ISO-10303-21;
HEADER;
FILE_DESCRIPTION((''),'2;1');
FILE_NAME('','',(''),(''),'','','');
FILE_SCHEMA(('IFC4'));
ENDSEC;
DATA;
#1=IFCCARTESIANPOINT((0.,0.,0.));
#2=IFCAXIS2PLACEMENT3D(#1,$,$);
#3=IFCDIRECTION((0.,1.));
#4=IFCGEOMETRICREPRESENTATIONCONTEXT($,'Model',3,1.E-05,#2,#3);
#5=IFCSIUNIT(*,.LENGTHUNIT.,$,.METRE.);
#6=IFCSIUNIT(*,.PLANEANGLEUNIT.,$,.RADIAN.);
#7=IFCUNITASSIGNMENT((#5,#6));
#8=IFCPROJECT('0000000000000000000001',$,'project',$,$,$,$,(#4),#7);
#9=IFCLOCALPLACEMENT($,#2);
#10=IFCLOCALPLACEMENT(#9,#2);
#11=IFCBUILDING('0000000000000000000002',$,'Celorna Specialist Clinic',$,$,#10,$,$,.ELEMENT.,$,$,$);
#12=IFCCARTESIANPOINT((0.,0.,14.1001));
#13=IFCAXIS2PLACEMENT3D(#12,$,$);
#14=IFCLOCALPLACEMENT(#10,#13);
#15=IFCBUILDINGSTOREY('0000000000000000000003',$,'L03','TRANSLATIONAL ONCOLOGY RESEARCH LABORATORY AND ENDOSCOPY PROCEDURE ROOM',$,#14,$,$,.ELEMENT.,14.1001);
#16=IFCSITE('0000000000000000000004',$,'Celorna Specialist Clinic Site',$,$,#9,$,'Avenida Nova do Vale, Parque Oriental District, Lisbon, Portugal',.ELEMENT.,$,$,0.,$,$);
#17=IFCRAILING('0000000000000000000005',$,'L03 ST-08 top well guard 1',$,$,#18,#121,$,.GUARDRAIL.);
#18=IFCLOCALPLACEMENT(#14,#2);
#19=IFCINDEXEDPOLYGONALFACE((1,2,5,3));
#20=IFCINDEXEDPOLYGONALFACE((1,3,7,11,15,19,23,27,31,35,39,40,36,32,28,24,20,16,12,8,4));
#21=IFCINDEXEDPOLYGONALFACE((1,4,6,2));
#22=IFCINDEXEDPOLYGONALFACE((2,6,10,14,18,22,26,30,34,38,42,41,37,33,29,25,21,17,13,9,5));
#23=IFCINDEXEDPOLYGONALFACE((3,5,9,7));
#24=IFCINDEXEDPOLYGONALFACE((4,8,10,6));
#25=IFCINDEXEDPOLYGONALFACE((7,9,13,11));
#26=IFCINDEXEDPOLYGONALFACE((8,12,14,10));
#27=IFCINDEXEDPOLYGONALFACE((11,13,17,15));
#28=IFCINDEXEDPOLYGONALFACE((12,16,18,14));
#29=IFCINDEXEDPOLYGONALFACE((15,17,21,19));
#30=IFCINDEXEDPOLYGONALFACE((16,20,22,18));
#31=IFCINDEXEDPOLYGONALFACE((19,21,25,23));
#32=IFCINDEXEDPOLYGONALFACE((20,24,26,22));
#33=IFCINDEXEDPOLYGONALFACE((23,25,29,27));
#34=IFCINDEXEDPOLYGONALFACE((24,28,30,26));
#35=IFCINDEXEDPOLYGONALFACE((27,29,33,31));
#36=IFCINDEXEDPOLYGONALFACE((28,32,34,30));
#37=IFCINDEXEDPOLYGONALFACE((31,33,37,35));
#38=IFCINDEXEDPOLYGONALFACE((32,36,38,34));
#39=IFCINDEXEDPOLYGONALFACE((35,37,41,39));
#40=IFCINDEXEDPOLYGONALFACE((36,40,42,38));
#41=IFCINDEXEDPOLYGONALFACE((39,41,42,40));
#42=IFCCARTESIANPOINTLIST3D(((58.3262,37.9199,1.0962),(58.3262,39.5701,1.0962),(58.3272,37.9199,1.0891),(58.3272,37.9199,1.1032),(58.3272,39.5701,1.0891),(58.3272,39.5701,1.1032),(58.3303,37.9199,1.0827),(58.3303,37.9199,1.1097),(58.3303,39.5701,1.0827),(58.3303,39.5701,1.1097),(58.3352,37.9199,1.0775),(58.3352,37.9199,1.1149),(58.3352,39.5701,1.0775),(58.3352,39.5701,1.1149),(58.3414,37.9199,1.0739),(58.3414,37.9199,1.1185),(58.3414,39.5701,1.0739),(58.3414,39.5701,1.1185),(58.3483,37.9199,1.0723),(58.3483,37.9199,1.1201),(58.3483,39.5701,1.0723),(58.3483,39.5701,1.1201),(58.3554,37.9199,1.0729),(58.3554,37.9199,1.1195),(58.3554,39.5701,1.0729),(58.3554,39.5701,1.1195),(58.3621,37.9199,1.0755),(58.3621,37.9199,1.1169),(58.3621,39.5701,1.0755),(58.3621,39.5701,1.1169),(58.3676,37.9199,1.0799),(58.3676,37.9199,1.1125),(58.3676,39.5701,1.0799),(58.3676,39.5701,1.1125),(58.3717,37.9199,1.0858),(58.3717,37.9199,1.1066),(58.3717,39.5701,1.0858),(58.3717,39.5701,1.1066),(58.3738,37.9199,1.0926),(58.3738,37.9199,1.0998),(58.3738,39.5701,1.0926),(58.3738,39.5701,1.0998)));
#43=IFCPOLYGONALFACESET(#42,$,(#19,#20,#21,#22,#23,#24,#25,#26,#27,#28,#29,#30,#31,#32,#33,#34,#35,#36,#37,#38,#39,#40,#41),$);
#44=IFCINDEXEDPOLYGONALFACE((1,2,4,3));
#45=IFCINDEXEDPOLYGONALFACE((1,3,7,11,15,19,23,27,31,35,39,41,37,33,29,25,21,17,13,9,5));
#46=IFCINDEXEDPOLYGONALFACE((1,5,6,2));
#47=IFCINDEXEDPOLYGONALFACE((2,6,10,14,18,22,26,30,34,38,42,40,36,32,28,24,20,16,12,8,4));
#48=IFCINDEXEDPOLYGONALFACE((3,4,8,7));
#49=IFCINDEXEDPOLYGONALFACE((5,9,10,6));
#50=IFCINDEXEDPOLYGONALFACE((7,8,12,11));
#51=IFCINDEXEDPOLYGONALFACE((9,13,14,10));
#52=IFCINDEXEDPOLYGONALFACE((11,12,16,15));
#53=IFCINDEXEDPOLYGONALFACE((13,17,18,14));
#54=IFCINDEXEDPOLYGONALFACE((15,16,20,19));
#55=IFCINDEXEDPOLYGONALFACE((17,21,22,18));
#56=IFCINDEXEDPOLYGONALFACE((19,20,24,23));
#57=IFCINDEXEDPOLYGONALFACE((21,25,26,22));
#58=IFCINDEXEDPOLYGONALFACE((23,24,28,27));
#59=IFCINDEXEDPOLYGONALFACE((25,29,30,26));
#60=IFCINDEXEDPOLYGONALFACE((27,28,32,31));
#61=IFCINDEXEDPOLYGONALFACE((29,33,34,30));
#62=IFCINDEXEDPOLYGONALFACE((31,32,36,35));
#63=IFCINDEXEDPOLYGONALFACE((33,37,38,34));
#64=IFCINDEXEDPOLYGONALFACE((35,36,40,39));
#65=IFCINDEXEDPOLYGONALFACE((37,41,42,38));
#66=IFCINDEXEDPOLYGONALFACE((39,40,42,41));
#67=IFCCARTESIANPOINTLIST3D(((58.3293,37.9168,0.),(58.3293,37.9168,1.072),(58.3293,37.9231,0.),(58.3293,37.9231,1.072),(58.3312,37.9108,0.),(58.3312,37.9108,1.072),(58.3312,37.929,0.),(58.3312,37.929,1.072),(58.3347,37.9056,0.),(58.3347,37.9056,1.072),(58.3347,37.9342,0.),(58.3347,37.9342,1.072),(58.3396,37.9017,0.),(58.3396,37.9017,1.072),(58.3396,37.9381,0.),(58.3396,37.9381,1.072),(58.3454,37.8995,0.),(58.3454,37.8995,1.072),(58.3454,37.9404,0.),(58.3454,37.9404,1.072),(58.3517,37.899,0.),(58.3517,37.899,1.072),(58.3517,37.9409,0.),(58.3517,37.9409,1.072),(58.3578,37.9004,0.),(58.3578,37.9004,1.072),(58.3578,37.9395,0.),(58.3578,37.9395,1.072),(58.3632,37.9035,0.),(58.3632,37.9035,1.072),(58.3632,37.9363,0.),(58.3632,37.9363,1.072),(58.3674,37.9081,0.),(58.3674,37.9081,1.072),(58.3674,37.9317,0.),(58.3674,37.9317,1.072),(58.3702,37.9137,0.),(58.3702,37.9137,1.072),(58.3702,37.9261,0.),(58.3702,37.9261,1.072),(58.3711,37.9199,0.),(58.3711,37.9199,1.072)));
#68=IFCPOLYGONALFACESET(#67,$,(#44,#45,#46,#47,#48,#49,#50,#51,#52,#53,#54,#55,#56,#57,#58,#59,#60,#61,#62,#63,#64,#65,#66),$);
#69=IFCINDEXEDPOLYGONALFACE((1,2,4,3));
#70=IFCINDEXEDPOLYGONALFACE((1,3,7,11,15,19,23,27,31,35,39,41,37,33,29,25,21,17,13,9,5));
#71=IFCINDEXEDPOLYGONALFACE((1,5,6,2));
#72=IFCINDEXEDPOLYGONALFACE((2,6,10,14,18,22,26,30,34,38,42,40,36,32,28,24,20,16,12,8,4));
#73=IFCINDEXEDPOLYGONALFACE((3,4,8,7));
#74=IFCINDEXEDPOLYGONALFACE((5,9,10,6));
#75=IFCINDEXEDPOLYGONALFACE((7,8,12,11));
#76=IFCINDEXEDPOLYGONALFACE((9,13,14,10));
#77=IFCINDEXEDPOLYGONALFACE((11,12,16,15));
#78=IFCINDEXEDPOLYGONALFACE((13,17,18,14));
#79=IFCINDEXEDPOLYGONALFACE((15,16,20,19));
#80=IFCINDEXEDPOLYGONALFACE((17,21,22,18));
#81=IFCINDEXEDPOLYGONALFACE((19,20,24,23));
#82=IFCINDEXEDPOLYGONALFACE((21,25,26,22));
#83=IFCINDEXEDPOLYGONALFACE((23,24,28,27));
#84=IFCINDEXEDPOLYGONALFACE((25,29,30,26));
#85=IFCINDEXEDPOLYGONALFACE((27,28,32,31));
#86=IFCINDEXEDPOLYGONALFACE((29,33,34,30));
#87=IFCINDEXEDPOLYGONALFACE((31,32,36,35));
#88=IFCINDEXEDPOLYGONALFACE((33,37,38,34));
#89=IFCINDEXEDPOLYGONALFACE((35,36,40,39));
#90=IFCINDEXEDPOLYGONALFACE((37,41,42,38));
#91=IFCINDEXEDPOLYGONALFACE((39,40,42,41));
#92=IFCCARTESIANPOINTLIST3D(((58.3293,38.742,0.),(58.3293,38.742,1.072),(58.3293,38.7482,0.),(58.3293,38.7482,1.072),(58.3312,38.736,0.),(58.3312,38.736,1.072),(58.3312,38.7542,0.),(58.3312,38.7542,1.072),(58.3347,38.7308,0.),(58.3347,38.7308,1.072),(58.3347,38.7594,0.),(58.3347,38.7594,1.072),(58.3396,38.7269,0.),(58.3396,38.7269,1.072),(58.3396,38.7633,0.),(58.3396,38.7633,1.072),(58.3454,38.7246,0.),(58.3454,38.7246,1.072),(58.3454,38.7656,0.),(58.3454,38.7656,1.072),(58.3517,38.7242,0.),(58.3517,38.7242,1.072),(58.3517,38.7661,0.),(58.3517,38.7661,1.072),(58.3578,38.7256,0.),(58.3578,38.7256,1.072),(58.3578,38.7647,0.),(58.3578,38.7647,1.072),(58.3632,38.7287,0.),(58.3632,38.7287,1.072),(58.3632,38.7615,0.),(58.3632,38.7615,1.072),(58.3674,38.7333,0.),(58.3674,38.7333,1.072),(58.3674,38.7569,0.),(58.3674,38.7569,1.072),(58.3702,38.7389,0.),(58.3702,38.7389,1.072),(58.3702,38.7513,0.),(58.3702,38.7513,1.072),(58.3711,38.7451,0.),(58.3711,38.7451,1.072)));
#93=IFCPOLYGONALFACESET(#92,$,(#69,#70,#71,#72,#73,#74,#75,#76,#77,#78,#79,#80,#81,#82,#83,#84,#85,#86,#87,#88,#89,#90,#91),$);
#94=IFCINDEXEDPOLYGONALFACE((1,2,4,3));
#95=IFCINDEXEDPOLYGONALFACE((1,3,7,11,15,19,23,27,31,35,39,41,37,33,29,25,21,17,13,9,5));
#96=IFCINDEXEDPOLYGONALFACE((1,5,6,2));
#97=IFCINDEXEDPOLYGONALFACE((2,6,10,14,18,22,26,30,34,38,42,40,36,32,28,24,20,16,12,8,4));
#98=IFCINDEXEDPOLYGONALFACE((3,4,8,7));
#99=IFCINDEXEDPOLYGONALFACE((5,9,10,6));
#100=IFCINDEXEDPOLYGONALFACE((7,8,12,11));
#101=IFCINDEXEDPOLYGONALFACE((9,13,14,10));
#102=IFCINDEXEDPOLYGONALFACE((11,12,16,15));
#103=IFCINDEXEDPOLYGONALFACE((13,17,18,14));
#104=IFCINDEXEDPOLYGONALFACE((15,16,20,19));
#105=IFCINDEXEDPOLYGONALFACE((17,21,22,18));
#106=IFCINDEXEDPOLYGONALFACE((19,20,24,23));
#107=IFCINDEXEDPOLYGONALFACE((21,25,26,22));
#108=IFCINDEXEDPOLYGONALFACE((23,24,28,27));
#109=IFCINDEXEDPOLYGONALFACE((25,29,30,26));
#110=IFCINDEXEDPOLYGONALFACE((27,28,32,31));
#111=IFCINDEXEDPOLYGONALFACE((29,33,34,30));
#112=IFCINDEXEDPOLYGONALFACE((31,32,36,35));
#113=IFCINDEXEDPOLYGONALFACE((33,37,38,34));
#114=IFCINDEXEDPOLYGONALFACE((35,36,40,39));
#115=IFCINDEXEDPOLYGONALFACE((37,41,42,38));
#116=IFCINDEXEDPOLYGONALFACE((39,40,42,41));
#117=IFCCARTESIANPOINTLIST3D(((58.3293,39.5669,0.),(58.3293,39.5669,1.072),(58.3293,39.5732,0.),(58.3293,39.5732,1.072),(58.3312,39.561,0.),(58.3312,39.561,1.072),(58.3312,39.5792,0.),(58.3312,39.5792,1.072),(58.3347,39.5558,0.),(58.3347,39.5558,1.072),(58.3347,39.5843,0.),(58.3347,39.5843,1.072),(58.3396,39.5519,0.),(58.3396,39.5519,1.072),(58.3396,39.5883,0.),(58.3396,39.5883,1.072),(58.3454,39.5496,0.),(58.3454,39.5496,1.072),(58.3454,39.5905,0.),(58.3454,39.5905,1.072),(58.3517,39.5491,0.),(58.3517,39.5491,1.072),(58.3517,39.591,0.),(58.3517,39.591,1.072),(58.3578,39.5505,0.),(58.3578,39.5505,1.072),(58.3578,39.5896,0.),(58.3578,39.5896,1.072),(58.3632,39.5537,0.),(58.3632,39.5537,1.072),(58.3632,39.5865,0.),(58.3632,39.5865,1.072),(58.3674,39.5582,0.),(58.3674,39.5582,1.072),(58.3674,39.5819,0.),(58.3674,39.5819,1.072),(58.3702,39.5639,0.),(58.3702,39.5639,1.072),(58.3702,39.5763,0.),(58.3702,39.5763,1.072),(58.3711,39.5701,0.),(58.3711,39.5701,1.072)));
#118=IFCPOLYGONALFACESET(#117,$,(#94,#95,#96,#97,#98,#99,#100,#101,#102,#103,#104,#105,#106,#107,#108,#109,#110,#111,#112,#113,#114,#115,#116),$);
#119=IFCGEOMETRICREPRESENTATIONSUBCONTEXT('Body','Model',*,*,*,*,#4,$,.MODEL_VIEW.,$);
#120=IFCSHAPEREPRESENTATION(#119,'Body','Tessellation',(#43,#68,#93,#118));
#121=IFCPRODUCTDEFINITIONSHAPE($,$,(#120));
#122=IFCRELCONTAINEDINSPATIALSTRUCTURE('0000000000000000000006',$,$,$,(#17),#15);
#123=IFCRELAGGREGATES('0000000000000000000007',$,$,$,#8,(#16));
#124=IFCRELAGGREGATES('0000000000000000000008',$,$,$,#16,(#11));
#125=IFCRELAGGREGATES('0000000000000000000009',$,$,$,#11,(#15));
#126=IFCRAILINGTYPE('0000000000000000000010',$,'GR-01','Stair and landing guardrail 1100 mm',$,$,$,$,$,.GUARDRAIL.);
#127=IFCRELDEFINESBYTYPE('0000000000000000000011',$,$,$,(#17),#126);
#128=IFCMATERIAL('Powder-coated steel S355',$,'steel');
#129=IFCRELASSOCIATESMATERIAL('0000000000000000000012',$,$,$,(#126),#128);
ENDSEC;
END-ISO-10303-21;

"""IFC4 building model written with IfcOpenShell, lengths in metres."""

from ifc_helpers import new_model, si_unit, direction, frame, origin, origin_2d, place, context, subcontext, project, spatial, circle, extrude, material, type_object, element, save


model = new_model("IFC4")

# Units and contexts
model_context = context("Model", 3, precision=1e-05, world=origin(), true_north=direction((0.0, 1.0)))
body_context = subcontext(model_context, "Body", "Model", "MODEL_VIEW")
ifc_project = project(units=[si_unit("LENGTHUNIT", "METRE"), si_unit("PLANEANGLEUNIT", "RADIAN")], contexts=[model_context])

# Site, building, storey
site_placement = place(None, origin())
site = spatial("IfcSite", under=ifc_project, at=site_placement, Name="Celorna Specialist Clinic Site", LongName="Avenida Nova do Vale, Parque Oriental District, Lisbon, Portugal", CompositionType="ELEMENT", RefElevation=0.0)
building_placement = place(site_placement, origin())
building = spatial("IfcBuilding", under=site, at=building_placement, Name="Celorna Specialist Clinic", CompositionType="ELEMENT")
storey_placement = place(building_placement, frame((0.0, 0.0, 14.1001)))
storey = spatial("IfcBuildingStorey", under=building, at=storey_placement, Name="L03", Description="TRANSLATIONAL ONCOLOGY RESEARCH LABORATORY AND ENDOSCOPY PROCEDURE ROOM", CompositionType="ELEMENT", Elevation=14.1001)

# Railing
ifc_material_1 = material(Name="Powder-coated steel S355", Category="steel")
railing_type = type_object("IfcRailingType", Name="GR-01", Description="Stair and landing guardrail 1100 mm", PredefinedType="GUARDRAIL", material=ifc_material_1)
railing_placement = place(storey_placement, frame((58.3501, 37.9199, 0.0)))
element("IfcRailing", 1, at=railing_placement, inside=storey, type_object=railing_type, Name="L03 ST-08 top well guard 1", PredefinedType="GUARDRAIL", context=body_context, shape_type="SweptSolid", body=[
    extrude(circle(Radius=0.0239, at=origin_2d()), frame((0.0, 0.0, 1.0962), z_axis=(0.0, 1.0, 0.0), x_axis=(-1.0, 0.0, 0.0)), (0.0, 0.0, 1.0), 1.6501),
    extrude(circle(Radius=0.021, at=origin_2d()), origin(), (0.0, 0.0, 1.0), 1.072),
    extrude(circle(Radius=0.021, at=origin_2d()), frame((0.0, 0.8252, 0.0)), (0.0, 0.0, 1.0), 1.072),
    extrude(circle(Radius=0.021, at=origin_2d()), frame((0.0, 1.6501, 0.0)), (0.0, 0.0, 1.0), 1.072),
])

save(model, "model.ifc")
